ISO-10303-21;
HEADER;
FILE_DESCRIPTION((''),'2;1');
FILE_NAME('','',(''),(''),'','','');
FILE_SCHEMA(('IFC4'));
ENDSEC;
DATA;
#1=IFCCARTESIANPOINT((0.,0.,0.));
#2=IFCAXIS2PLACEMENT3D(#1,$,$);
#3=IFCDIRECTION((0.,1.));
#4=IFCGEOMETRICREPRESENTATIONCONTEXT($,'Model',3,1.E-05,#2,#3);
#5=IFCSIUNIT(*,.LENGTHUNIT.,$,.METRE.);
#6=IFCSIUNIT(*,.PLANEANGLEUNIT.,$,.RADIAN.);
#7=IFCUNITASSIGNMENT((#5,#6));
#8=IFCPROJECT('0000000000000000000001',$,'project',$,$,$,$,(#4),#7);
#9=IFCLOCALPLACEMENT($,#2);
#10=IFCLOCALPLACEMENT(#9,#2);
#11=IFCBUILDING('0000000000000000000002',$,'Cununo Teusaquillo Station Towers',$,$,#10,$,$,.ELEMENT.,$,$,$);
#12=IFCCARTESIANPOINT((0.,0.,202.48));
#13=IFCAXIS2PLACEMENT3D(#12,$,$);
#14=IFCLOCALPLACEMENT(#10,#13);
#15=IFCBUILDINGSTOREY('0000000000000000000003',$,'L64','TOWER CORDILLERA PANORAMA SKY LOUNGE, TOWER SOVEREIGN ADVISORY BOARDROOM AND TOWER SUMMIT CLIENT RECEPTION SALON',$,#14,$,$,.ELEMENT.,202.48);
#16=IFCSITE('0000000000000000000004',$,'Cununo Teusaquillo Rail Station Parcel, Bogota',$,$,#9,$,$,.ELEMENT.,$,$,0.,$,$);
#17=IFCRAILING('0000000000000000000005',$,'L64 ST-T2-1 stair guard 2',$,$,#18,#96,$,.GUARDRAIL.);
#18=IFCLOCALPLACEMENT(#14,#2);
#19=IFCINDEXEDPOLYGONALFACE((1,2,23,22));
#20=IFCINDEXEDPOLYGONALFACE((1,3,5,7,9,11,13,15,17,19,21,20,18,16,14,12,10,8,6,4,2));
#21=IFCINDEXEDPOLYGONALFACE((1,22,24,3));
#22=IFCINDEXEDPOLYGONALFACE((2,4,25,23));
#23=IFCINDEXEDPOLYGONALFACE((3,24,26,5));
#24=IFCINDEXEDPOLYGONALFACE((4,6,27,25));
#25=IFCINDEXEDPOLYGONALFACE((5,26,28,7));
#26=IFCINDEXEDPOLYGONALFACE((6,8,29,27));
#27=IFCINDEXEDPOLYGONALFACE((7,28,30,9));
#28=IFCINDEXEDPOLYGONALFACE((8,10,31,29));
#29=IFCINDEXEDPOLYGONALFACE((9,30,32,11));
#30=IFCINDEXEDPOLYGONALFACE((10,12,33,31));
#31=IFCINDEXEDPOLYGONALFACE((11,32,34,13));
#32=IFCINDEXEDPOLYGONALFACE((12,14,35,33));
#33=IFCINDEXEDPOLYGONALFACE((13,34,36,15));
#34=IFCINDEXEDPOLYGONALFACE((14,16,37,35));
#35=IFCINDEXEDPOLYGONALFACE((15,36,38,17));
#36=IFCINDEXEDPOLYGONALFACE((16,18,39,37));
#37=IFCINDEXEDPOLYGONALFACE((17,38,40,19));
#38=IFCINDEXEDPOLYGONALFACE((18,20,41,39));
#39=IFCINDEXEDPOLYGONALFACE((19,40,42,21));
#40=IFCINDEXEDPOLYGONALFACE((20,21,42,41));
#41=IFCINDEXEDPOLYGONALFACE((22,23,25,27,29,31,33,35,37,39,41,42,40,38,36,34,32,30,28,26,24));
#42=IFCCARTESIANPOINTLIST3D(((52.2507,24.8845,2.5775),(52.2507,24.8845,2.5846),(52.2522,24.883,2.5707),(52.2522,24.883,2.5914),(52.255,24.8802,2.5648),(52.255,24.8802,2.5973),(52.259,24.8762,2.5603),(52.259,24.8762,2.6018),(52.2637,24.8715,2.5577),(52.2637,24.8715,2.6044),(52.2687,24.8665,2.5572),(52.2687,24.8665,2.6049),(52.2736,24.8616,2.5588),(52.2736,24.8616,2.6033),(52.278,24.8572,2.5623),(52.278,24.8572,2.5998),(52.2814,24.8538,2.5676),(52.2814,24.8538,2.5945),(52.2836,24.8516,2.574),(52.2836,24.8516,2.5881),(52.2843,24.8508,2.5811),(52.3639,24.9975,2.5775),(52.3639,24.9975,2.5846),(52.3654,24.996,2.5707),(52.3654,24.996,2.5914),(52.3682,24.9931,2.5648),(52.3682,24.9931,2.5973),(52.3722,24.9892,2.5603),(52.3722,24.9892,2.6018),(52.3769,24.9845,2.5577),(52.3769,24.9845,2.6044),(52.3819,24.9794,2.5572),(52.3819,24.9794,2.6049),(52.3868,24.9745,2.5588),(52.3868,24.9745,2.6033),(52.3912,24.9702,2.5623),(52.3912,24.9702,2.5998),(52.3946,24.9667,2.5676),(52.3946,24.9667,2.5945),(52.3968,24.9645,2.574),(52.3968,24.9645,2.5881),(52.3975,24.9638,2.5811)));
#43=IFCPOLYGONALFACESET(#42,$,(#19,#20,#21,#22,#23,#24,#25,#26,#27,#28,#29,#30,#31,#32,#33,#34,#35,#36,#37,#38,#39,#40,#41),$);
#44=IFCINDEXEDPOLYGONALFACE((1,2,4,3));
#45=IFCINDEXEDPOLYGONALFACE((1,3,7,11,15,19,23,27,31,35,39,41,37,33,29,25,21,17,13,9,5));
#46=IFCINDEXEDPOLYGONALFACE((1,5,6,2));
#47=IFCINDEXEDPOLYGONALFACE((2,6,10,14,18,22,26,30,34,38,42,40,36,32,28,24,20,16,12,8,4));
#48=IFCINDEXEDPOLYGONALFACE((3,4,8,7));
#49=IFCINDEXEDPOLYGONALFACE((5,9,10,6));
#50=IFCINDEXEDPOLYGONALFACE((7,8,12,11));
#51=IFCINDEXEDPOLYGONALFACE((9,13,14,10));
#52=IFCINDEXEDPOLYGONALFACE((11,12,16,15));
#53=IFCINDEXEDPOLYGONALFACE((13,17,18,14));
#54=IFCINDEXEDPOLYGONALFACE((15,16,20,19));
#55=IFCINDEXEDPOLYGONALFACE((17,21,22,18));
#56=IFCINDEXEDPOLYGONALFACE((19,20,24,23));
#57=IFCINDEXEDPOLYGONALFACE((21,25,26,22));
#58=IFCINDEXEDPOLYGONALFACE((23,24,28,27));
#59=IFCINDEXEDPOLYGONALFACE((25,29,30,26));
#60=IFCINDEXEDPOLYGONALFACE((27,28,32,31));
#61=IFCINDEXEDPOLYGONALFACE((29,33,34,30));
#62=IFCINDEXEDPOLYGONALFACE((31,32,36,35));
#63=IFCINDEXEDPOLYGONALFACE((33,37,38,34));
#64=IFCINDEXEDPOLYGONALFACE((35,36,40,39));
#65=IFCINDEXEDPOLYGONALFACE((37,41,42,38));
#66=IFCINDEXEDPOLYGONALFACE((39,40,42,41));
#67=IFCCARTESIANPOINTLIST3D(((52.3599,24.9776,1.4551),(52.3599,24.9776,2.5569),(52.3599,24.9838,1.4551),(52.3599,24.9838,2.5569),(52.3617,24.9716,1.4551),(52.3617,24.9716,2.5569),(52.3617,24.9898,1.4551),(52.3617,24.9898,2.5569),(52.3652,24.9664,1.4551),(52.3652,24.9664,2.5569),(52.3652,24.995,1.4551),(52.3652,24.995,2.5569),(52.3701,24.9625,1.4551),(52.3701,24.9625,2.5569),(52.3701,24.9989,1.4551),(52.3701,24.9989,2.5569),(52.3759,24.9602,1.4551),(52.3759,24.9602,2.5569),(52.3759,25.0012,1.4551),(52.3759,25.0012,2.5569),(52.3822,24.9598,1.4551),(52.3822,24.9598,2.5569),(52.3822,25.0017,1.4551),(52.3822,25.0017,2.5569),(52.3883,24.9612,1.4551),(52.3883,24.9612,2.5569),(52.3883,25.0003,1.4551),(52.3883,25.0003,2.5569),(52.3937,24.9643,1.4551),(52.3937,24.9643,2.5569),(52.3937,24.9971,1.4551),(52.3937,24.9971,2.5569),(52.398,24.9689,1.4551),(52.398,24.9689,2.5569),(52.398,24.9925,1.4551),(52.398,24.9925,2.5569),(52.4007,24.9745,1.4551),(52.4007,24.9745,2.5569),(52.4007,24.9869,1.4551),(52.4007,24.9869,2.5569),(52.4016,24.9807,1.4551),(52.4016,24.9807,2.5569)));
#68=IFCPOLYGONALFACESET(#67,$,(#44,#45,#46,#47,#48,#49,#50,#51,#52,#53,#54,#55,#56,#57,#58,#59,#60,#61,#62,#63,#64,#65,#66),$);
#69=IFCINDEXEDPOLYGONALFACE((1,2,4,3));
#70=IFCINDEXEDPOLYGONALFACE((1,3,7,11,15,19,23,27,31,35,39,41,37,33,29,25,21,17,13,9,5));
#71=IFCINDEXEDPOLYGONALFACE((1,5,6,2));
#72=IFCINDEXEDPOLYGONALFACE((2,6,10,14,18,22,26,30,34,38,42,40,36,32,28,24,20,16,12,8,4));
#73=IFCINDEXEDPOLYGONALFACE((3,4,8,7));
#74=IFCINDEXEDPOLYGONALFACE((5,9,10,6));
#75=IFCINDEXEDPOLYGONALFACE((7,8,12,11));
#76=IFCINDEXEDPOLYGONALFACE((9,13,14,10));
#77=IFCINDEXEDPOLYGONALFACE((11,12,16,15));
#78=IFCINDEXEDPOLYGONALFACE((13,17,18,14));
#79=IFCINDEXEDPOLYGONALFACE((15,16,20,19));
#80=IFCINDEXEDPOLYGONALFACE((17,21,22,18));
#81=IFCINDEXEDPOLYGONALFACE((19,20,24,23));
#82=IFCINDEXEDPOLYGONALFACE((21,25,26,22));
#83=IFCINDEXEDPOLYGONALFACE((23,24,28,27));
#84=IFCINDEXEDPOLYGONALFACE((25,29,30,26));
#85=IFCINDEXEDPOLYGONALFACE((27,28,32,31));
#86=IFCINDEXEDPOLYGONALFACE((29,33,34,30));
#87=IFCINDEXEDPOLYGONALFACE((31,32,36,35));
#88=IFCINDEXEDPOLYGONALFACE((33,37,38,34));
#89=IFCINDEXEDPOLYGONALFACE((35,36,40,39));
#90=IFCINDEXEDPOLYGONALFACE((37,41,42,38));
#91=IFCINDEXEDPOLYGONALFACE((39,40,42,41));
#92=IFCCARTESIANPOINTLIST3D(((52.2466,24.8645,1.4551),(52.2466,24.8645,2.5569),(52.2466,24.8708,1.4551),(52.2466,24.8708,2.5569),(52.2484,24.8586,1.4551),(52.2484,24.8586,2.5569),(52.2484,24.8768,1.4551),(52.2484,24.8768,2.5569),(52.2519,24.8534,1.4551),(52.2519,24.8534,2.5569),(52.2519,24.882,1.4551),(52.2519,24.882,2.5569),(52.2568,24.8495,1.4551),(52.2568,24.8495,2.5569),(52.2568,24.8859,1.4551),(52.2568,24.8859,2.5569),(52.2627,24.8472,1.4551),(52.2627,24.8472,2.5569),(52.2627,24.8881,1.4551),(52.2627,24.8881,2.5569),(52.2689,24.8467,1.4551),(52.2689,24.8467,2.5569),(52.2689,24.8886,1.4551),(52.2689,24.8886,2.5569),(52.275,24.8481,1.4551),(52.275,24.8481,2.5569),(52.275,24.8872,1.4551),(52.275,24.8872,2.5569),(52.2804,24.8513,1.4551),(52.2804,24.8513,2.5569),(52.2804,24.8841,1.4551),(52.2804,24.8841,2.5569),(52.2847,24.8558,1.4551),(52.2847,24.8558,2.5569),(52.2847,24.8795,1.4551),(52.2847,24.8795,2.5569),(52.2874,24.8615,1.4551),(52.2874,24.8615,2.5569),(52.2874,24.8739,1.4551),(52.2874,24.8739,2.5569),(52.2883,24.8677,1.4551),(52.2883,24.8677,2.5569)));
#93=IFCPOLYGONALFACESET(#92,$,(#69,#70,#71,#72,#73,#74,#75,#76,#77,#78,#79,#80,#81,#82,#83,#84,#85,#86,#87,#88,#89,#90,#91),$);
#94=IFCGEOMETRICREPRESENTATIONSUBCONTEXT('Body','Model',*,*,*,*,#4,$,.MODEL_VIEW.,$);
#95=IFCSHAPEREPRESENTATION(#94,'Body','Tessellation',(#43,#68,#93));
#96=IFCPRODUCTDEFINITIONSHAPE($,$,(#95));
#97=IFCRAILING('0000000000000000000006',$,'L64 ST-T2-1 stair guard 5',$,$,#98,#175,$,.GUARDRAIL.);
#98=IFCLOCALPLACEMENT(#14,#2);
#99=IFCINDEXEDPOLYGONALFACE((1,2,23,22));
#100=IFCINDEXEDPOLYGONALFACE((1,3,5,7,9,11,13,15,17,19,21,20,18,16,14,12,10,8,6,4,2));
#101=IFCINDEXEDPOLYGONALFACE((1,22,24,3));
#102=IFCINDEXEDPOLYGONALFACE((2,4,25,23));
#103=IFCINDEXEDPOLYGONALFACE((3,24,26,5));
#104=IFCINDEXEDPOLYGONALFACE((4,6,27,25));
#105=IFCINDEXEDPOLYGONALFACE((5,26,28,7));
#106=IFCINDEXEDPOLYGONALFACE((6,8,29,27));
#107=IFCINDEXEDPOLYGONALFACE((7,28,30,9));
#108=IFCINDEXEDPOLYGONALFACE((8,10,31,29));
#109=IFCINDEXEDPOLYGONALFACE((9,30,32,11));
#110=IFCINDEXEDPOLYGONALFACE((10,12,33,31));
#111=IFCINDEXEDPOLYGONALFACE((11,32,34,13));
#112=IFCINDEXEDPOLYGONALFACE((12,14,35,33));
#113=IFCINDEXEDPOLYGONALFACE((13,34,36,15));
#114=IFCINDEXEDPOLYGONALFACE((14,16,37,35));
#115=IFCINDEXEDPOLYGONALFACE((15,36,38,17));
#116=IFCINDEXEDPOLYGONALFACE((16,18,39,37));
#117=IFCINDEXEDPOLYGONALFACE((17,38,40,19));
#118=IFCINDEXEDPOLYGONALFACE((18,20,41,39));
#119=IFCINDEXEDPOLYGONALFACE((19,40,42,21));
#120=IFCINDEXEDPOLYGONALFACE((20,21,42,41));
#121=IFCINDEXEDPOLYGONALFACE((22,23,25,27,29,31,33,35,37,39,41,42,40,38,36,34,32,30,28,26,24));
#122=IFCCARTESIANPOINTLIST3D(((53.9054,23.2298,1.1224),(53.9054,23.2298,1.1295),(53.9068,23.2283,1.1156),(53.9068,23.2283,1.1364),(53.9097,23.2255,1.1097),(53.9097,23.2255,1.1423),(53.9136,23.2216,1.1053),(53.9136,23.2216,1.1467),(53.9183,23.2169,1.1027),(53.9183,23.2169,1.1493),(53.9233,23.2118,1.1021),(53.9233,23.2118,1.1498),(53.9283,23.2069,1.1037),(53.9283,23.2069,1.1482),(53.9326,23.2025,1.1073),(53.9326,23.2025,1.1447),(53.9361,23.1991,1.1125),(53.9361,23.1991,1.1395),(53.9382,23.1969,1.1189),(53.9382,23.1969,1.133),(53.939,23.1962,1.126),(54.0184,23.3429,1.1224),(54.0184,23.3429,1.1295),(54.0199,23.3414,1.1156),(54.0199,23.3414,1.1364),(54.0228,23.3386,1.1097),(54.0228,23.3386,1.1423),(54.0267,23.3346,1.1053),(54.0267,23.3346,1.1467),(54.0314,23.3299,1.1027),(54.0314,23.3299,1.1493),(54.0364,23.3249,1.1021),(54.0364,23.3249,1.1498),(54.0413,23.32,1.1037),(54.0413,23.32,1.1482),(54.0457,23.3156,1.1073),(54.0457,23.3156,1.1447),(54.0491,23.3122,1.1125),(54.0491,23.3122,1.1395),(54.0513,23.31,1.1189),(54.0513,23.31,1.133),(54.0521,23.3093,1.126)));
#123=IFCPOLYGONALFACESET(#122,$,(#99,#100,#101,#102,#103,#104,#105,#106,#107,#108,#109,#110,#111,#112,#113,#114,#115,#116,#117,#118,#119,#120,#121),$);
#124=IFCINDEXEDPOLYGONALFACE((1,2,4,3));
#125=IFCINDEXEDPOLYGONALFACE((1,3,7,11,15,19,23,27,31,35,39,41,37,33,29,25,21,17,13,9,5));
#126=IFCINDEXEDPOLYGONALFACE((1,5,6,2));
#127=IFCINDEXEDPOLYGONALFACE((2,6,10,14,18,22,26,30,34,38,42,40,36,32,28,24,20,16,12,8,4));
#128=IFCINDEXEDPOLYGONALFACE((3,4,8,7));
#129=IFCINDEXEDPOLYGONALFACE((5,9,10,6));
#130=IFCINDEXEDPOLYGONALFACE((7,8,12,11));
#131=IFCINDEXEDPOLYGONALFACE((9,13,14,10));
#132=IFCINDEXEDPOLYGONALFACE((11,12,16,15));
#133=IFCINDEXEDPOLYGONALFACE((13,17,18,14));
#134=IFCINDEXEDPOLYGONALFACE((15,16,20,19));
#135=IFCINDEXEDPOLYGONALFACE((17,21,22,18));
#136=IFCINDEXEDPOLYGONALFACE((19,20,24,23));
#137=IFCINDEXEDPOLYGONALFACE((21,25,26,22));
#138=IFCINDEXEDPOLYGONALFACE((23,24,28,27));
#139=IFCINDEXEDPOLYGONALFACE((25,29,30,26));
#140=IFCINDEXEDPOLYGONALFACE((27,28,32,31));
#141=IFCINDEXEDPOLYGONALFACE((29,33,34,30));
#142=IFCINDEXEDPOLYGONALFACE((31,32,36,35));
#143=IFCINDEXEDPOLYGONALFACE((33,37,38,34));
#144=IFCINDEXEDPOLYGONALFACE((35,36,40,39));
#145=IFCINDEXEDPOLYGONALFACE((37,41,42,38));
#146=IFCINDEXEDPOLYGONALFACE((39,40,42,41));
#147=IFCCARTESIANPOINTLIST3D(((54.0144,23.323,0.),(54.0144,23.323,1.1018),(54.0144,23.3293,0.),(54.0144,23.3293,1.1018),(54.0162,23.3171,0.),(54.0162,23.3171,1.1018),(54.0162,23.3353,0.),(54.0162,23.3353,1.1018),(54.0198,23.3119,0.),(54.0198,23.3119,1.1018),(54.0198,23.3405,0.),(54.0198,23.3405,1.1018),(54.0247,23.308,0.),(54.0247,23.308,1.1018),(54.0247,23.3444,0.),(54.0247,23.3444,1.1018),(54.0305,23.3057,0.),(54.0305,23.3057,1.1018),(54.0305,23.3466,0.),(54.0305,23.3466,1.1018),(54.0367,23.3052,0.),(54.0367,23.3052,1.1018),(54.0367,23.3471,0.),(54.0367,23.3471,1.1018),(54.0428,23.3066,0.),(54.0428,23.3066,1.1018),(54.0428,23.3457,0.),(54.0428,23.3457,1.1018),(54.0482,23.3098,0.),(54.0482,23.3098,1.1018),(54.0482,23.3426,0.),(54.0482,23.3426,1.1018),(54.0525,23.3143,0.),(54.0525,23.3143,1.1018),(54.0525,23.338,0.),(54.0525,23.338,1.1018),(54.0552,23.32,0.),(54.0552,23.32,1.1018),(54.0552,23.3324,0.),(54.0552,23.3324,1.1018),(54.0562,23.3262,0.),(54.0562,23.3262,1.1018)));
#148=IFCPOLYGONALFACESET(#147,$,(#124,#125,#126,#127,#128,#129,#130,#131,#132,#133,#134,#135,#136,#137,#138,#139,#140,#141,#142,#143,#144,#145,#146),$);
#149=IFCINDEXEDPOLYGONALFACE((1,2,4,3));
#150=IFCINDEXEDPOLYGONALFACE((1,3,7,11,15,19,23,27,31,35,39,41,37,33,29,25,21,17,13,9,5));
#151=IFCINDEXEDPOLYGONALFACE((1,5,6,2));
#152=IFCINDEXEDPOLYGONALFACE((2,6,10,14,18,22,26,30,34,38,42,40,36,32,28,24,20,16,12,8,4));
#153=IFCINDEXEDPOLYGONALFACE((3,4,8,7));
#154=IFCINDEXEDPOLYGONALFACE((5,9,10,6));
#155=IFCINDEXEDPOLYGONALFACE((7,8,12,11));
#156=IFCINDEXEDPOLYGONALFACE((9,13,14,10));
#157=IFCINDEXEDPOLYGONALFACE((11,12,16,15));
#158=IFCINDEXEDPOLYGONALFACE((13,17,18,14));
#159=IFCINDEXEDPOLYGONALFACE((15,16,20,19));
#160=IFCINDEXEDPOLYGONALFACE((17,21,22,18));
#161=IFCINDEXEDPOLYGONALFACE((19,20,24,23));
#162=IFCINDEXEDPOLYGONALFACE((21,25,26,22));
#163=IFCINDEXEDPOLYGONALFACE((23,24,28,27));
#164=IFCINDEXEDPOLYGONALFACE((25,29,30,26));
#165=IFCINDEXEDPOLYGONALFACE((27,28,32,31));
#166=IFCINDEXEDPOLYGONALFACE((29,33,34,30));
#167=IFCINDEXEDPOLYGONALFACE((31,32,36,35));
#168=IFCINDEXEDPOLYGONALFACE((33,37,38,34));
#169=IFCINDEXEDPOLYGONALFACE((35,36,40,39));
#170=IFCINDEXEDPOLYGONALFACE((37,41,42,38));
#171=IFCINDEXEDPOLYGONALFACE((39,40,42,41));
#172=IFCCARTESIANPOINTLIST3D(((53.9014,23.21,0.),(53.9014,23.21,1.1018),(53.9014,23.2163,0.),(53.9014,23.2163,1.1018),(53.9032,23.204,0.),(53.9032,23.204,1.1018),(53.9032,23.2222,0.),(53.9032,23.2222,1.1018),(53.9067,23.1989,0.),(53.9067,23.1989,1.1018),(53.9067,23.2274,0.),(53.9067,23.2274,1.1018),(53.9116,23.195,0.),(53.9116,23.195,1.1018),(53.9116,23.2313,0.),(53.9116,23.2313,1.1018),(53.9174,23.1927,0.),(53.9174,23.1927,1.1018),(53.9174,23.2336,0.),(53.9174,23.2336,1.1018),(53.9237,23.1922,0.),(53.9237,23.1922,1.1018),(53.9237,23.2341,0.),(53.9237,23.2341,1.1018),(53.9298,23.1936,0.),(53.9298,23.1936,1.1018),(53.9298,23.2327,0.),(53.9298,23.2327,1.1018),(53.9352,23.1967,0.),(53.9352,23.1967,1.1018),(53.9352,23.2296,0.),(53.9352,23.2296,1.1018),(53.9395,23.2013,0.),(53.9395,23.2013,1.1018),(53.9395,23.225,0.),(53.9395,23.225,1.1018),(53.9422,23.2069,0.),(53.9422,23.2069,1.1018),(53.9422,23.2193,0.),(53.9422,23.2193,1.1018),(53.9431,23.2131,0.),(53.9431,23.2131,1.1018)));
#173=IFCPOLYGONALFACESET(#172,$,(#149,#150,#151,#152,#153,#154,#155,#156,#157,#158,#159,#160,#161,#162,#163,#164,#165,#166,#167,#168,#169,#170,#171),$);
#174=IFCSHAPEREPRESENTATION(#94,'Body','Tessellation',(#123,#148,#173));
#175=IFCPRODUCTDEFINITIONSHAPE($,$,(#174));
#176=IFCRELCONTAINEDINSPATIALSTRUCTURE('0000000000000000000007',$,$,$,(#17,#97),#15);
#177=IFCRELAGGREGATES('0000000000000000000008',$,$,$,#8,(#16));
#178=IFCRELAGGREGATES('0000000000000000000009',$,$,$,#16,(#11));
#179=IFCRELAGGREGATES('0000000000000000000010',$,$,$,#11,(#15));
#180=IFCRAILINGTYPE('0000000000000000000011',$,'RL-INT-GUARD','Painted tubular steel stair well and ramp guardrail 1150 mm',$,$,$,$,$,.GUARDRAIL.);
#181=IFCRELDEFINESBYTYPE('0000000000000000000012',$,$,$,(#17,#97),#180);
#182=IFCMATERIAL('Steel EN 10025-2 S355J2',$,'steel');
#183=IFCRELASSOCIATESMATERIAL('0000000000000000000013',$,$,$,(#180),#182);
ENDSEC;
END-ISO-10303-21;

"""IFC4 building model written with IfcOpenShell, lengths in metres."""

from ifc_helpers import new_model, si_unit, direction, frame, origin, origin_2d, place, context, subcontext, project, spatial, circle, extrude, material, type_object, element, save


model = new_model("IFC4")

# Units and contexts
model_context = context("Model", 3, precision=1e-05, world=origin(), true_north=direction((0.0, 1.0)))
body_context = subcontext(model_context, "Body", "Model", "MODEL_VIEW")
ifc_project = project(units=[si_unit("LENGTHUNIT", "METRE"), si_unit("PLANEANGLEUNIT", "RADIAN")], contexts=[model_context])

# Site, building, storey
site_placement = place(None, origin())
site = spatial("IfcSite", under=ifc_project, at=site_placement, Name="Cununo Teusaquillo Rail Station Parcel, Bogota", CompositionType="ELEMENT", RefElevation=0.0)
building_placement = place(site_placement, origin())
building = spatial("IfcBuilding", under=site, at=building_placement, Name="Cununo Teusaquillo Station Towers", CompositionType="ELEMENT")
storey_placement = place(building_placement, frame((0.0, 0.0, 202.48)))
storey = spatial("IfcBuildingStorey", under=building, at=storey_placement, Name="L64", Description="TOWER CORDILLERA PANORAMA SKY LOUNGE, TOWER SOVEREIGN ADVISORY BOARDROOM AND TOWER SUMMIT CLIENT RECEPTION SALON", CompositionType="ELEMENT", Elevation=202.48)

# Railings
ifc_material_1 = material(Name="Steel EN 10025-2 S355J2", Category="steel")
railing_type_1 = type_object("IfcRailingType", Name="RL-INT-GUARD", Description="Painted tubular steel stair well and ramp guardrail 1150 mm", PredefinedType="GUARDRAIL", material=ifc_material_1)
railing_1_placement = place(storey_placement, frame((52.3806, 24.9807, 1.4551)))
element("IfcRailing", 1, at=railing_1_placement, inside=storey, type_object=railing_type_1, Name="L64 ST-T2-1 stair guard 2", PredefinedType="GUARDRAIL", context=body_context, shape_type="SweptSolid", body=[
    extrude(circle(Radius=0.0239, at=origin_2d()), frame((0.0, 0.0, 1.126), z_axis=(-0.707869, -0.706344, 0.0), x_axis=(0.706344, -0.707869, 0.0)), (0.0, 0.0, 1.0), 0.1599),
    extrude(circle(Radius=0.021, at=origin_2d()), origin(), (0.0, 0.0, 1.0), 1.1018),
    extrude(circle(Radius=0.021, at=origin_2d()), frame((-0.1133, -0.113, 0.0)), (0.0, 0.0, 1.0), 1.1018),
])
railing_2_placement = place(storey_placement, frame((54.0352, 23.3262, 0.0)))
element("IfcRailing", 2, at=railing_2_placement, inside=storey, type_object=railing_type_1, Name="L64 ST-T2-1 stair guard 5", PredefinedType="GUARDRAIL", context=body_context, shape_type="SweptSolid", body=[
    extrude(circle(Radius=0.0239, at=origin_2d()), frame((0.0, 0.0, 1.126), z_axis=(-0.707107, -0.707107, 0.0), x_axis=(0.707107, -0.707107, 0.0)), (0.0, 0.0, 1.0), 0.1599),
    extrude(circle(Radius=0.021, at=origin_2d()), origin(), (0.0, 0.0, 1.0), 1.1018),
    extrude(circle(Radius=0.021, at=origin_2d()), frame((-0.113, -0.113, 0.0)), (0.0, 0.0, 1.0), 1.1018),
])

save(model, "model.ifc")
